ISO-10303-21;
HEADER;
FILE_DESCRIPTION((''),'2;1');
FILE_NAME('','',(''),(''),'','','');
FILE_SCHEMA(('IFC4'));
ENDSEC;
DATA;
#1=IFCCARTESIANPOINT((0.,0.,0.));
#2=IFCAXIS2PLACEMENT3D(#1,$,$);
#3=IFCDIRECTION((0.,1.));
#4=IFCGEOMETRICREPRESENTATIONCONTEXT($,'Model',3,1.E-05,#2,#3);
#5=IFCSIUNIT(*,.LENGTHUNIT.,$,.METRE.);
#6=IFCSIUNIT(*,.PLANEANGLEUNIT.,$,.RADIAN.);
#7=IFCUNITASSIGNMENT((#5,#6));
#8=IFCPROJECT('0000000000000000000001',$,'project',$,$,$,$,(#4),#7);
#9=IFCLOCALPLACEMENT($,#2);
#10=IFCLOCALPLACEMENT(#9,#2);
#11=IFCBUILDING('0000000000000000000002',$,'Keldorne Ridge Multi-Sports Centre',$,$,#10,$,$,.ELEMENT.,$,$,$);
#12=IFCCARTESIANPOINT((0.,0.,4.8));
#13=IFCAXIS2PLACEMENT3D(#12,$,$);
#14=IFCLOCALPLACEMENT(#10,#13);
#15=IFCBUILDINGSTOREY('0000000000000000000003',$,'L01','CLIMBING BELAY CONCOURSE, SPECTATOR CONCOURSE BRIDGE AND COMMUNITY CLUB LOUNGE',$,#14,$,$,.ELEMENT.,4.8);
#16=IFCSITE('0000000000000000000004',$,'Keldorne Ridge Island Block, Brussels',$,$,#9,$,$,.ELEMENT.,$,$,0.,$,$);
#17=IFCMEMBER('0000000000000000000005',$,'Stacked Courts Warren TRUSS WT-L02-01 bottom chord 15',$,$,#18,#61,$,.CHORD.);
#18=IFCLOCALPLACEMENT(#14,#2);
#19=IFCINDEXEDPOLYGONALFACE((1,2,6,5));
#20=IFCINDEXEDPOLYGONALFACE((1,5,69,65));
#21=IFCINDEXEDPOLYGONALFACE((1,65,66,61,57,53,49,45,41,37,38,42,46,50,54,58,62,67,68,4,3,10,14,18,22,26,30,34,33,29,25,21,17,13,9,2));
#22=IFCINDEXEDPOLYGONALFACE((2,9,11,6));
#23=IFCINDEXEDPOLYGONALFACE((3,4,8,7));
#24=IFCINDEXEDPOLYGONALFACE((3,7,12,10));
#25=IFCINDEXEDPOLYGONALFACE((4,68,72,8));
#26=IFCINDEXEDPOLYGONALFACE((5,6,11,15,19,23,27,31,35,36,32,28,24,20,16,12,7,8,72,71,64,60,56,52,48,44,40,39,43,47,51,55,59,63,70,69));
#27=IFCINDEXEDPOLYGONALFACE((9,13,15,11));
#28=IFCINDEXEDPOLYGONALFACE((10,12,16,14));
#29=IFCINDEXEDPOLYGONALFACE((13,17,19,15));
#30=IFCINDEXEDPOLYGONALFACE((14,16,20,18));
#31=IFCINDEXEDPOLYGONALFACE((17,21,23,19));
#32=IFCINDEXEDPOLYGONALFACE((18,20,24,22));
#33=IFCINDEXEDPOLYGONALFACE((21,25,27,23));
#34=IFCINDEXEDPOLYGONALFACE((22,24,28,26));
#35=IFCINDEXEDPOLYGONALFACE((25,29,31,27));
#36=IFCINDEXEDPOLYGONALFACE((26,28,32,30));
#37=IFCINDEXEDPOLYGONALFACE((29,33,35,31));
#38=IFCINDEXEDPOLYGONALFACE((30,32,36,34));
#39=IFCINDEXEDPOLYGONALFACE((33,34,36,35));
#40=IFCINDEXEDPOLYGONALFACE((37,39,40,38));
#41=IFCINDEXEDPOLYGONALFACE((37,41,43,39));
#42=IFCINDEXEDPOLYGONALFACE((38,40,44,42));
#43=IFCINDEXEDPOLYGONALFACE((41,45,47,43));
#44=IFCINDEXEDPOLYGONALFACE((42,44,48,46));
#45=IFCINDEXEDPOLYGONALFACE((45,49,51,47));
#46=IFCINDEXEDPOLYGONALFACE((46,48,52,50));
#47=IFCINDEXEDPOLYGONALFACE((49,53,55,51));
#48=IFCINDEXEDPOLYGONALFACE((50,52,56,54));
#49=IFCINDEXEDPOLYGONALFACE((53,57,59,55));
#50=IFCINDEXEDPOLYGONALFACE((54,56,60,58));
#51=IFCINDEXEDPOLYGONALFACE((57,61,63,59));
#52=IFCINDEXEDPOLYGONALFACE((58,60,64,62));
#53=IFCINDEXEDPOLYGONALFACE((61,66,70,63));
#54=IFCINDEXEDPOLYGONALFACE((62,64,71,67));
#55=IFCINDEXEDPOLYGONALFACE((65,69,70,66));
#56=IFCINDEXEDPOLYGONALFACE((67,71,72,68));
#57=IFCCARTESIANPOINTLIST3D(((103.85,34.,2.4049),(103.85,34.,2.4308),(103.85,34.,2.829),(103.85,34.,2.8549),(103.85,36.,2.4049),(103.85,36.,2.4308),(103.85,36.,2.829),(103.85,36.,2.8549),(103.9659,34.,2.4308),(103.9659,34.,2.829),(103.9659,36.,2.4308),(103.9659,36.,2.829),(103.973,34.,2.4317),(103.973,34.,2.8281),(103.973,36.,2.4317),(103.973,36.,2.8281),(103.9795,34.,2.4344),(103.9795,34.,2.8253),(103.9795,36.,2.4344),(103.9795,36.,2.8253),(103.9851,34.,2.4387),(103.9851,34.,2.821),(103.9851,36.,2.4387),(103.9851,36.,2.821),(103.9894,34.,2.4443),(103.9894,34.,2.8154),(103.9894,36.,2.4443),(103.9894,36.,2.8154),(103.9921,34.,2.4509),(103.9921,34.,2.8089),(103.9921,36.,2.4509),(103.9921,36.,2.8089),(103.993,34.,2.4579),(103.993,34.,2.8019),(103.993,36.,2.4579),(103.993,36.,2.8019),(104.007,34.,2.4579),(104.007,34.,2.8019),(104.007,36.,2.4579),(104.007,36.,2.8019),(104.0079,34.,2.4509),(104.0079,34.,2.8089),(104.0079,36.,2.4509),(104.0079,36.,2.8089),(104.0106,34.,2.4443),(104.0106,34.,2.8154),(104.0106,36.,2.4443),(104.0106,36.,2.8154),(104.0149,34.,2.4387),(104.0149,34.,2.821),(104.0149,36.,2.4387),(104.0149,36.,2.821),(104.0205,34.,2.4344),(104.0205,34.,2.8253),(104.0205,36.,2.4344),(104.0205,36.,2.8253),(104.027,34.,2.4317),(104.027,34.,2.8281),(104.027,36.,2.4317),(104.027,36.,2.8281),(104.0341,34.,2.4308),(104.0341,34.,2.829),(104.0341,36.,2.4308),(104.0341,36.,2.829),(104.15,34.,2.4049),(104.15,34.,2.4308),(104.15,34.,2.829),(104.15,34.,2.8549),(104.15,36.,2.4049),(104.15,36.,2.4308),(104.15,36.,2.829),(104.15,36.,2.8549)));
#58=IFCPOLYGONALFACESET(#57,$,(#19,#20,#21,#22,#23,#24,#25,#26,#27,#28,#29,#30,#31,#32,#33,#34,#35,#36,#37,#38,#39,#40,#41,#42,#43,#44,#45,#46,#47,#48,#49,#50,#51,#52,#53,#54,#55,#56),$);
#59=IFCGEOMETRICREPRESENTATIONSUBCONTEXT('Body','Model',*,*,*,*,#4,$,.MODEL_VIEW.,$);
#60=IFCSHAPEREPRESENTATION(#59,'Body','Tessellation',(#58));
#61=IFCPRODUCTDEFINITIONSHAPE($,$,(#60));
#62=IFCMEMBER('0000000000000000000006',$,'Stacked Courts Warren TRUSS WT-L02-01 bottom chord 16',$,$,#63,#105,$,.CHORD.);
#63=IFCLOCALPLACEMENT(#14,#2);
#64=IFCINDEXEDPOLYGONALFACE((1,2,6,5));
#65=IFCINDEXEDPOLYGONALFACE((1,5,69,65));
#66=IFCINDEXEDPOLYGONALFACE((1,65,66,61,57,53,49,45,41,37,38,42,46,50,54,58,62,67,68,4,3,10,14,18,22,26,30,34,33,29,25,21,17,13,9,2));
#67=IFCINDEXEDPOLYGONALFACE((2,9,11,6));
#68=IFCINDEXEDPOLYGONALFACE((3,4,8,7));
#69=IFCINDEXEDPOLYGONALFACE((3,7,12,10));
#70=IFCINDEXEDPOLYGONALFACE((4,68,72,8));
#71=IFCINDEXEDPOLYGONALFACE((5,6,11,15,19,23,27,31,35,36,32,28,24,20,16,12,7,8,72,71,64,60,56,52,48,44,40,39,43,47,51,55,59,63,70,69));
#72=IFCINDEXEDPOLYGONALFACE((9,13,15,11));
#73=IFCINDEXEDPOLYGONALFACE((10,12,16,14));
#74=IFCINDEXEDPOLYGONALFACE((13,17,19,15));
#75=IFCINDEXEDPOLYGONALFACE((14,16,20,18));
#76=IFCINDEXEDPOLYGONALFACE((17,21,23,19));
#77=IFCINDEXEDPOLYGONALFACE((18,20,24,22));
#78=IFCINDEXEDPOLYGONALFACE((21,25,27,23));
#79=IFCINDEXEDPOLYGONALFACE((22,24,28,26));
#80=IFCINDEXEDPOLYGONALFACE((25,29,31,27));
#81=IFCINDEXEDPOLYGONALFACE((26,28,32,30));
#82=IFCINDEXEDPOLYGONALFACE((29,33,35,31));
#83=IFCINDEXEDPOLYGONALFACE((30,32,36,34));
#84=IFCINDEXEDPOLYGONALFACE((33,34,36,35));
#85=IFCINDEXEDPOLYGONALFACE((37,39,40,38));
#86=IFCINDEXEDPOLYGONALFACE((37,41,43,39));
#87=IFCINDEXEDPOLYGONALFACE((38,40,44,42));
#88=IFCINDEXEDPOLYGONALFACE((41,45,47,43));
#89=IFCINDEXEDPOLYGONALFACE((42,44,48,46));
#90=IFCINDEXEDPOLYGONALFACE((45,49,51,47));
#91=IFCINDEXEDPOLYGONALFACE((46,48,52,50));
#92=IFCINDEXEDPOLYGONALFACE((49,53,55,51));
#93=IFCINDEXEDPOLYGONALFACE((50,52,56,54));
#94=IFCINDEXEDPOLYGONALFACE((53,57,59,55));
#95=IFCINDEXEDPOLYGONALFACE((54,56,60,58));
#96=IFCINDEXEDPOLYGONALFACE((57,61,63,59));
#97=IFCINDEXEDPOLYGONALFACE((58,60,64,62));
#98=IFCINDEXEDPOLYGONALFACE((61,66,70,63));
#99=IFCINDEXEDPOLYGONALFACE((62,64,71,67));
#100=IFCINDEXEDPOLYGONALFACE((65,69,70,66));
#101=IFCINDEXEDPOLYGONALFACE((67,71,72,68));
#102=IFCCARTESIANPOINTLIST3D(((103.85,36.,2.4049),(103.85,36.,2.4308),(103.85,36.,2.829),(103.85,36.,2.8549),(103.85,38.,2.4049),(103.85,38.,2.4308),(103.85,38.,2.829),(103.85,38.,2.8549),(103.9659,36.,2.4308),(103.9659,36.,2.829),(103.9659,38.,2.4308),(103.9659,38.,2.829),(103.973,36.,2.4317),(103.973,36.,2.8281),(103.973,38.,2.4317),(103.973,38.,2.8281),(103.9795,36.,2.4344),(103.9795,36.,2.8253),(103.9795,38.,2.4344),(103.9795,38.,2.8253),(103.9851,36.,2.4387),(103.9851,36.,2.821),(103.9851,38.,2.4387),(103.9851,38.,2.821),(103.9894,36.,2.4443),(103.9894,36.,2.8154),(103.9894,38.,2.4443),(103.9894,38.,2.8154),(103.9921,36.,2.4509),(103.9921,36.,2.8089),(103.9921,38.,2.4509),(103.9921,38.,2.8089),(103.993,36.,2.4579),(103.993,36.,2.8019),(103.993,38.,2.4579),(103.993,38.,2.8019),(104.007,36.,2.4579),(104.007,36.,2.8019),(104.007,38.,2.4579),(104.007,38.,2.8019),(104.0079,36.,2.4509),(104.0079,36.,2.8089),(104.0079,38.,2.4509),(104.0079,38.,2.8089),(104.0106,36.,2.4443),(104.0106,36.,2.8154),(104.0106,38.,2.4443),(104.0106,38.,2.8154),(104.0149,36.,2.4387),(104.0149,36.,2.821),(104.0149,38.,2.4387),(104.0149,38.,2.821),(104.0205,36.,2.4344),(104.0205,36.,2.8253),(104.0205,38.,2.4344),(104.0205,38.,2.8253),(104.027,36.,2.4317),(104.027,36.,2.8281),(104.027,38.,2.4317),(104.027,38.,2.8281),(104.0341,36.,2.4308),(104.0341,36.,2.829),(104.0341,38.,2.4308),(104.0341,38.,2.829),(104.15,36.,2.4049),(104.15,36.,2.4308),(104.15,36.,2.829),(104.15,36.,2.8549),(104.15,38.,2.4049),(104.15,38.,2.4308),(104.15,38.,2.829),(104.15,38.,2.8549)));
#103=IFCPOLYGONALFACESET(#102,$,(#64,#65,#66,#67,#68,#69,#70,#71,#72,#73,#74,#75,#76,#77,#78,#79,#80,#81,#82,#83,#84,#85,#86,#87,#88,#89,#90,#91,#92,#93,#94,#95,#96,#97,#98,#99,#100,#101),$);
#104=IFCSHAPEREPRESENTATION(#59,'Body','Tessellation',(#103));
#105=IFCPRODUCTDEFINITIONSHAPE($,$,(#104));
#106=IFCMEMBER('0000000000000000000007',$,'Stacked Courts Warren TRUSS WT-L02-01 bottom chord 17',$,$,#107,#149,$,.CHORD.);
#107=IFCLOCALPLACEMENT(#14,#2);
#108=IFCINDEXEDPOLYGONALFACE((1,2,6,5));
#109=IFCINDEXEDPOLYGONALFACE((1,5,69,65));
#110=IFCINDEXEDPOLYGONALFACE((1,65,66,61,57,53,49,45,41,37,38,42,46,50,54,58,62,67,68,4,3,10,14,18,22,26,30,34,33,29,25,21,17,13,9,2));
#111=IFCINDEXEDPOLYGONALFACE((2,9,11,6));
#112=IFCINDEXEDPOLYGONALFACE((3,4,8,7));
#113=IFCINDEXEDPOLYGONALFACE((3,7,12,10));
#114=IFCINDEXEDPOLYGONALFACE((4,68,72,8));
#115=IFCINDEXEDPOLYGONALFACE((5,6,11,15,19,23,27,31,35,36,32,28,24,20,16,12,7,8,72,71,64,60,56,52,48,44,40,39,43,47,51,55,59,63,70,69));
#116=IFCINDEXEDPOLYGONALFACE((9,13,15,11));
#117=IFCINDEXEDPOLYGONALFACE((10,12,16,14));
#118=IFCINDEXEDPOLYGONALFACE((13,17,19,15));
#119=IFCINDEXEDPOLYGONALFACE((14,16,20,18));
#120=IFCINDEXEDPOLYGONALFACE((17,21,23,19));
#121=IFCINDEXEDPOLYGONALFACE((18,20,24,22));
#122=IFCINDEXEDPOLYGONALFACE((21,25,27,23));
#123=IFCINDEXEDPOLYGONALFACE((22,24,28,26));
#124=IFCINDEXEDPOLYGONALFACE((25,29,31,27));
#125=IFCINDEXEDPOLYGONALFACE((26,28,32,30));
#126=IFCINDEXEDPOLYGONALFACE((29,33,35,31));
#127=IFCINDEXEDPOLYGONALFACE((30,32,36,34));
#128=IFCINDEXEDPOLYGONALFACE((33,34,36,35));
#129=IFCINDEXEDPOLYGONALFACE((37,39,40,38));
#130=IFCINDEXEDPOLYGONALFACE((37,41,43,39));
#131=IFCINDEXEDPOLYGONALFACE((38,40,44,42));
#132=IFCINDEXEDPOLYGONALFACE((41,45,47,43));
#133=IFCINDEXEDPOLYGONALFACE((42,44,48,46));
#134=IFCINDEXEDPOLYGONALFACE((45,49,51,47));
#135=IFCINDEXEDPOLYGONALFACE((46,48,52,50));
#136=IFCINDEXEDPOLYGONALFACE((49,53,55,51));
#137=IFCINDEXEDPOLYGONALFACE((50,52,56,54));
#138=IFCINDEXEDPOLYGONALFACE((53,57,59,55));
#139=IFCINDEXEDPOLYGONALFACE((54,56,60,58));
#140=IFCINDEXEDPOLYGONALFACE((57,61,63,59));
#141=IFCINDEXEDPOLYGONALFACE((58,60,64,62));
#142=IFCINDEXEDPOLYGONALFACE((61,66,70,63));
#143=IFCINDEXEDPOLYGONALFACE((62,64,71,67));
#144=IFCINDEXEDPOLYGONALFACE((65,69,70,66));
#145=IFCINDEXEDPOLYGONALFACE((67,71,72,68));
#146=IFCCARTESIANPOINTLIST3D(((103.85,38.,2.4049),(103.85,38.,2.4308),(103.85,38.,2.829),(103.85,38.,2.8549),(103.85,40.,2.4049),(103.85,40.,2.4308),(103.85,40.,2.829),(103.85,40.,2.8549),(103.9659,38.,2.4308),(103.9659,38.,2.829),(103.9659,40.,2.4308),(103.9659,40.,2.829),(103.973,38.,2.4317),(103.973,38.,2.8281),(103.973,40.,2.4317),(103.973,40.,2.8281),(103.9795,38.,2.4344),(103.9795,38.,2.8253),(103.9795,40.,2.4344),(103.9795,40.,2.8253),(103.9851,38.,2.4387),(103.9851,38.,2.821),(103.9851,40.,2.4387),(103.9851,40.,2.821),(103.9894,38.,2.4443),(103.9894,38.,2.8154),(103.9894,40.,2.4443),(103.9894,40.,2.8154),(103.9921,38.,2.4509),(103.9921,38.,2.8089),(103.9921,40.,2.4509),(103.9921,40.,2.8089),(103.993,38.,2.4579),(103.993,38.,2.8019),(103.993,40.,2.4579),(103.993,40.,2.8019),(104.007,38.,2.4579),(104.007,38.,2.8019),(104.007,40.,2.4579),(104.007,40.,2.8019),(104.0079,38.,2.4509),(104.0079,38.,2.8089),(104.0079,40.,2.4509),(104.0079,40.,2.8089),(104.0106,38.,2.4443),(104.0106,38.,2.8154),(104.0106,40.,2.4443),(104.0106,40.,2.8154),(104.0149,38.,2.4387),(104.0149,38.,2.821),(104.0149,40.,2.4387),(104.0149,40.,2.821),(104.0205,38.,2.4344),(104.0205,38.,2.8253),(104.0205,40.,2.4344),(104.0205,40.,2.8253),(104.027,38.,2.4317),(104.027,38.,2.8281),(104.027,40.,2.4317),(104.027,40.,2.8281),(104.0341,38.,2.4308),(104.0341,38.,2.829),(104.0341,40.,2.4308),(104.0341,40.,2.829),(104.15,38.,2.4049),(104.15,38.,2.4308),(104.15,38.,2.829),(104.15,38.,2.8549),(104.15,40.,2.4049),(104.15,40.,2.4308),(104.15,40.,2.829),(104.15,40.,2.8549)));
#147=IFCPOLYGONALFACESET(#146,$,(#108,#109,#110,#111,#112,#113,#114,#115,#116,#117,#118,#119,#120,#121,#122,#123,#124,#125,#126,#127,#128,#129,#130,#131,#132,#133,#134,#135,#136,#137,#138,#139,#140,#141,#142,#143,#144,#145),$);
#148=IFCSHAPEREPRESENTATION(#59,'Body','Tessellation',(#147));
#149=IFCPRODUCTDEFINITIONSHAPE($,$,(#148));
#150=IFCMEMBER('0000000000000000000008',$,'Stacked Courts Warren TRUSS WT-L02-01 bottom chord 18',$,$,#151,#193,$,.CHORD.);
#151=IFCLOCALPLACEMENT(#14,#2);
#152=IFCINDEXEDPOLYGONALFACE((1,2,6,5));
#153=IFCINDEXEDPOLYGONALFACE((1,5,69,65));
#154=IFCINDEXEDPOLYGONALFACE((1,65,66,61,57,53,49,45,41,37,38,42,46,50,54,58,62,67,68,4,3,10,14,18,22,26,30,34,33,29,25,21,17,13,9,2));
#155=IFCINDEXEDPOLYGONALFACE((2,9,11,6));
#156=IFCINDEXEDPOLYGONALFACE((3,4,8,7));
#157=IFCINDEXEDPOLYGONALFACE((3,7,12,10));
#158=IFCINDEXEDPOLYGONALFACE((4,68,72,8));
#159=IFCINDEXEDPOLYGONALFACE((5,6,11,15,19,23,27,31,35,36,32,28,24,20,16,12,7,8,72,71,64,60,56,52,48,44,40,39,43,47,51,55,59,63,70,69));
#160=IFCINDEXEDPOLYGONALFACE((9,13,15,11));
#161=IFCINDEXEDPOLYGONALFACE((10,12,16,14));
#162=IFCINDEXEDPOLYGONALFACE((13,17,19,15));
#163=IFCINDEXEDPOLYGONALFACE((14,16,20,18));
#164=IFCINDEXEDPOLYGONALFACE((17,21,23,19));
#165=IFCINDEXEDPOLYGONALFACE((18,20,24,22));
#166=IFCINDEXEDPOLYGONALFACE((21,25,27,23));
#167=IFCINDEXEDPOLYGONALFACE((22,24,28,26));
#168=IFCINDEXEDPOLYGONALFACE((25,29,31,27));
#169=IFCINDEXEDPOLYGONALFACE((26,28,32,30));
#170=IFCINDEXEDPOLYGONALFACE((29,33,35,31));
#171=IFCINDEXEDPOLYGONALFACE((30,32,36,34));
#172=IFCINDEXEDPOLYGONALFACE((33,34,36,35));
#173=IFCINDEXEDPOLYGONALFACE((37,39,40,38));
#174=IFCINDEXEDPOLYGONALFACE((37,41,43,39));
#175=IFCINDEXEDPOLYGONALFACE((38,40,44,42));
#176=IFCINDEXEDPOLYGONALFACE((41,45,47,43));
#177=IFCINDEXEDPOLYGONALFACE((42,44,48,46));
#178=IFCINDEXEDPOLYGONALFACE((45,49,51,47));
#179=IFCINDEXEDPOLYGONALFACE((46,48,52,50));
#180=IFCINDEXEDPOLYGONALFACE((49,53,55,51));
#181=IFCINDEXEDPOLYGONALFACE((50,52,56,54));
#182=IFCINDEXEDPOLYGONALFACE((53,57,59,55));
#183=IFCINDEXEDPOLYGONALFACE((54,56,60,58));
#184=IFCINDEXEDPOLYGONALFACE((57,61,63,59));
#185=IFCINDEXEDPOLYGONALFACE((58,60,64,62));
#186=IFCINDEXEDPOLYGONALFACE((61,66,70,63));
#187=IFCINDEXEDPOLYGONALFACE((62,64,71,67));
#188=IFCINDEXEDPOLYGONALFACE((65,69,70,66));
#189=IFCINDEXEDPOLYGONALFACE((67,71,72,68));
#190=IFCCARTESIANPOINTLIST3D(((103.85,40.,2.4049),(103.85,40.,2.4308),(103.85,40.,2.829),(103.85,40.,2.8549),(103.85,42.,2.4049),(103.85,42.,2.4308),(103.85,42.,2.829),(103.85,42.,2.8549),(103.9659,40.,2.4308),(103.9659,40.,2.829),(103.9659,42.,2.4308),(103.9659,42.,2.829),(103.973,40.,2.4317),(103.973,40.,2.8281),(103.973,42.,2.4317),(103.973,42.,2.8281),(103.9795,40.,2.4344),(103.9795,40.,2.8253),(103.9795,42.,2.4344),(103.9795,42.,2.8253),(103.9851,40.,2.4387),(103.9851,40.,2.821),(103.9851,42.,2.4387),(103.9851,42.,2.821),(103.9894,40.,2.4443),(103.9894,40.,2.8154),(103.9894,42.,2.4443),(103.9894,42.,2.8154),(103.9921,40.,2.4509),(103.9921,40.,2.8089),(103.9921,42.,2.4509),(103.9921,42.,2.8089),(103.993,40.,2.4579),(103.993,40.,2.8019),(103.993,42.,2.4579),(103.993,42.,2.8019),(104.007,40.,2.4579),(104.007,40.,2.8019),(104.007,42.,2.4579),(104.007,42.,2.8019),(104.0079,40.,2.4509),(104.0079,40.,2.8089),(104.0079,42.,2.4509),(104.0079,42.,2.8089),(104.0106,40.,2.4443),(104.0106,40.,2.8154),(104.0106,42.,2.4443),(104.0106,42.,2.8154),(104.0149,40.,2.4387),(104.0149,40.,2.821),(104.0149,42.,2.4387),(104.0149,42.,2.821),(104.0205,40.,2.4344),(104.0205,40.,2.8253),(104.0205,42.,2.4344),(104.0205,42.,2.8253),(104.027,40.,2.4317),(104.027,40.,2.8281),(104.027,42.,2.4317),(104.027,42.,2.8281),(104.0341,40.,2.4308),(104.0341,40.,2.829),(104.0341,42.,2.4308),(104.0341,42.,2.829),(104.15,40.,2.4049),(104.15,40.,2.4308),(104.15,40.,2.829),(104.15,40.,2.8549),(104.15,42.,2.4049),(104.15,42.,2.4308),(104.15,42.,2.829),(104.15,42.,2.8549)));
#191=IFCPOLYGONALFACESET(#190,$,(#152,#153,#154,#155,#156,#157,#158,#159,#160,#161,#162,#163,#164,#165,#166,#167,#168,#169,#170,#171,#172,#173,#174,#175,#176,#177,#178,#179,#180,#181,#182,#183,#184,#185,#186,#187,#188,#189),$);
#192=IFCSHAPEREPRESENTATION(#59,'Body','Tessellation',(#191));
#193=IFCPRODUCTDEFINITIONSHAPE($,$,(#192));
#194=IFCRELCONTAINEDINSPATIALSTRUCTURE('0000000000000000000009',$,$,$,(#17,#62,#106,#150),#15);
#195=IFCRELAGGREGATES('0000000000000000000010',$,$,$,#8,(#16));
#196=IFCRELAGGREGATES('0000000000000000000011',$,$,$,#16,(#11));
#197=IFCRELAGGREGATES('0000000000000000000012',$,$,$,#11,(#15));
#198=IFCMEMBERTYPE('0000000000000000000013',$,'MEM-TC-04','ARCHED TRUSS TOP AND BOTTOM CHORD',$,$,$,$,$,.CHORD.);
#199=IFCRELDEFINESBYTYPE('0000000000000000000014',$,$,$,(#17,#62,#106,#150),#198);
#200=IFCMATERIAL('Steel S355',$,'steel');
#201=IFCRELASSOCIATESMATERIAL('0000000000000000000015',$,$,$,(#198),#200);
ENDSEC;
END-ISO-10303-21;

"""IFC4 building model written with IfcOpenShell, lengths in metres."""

from ifc_helpers import new_model, si_unit, direction, frame, origin, origin_2d, place, context, subcontext, project, spatial, i_section, extrude, material, material_profile, profile_set, type_object, element, save


model = new_model("IFC4")

# Units and contexts
model_context = context("Model", 3, precision=1e-05, world=origin(), true_north=direction((0.0, 1.0)))
body_context = subcontext(model_context, "Body", "Model", "MODEL_VIEW")
ifc_project = project(units=[si_unit("LENGTHUNIT", "METRE"), si_unit("PLANEANGLEUNIT", "RADIAN")], contexts=[model_context])

# Site, building, storey
site_placement = place(None, origin())
site = spatial("IfcSite", under=ifc_project, at=site_placement, Name="Keldorne Ridge Island Block, Brussels", CompositionType="ELEMENT", RefElevation=0.0)
building_placement = place(site_placement, origin())
building = spatial("IfcBuilding", under=site, at=building_placement, Name="Keldorne Ridge Multi-Sports Centre", CompositionType="ELEMENT")
storey_placement = place(building_placement, frame((0.0, 0.0, 4.8)))
storey = spatial("IfcBuildingStorey", under=building, at=storey_placement, Name="L01", Description="CLIMBING BELAY CONCOURSE, SPECTATOR CONCOURSE BRIDGE AND COMMUNITY CLUB LOUNGE", CompositionType="ELEMENT", Elevation=4.8)

# Shared definitions
ifc_material = material(Name="Steel S355", Category="steel")

# Members
ifc_material_profile_1 = material_profile(ifc_material, i_section(OverallWidth=0.3, OverallDepth=0.45, WebThickness=0.0139, FlangeThickness=0.0259, FilletRadius=0.0271, at=origin_2d()), Name="HEB 450")
ifc_profile_set_1 = profile_set([ifc_material_profile_1], Name="Steel S355")
member_type_1 = type_object("IfcMemberType", Name="MEM-TC-04", Description="ARCHED TRUSS TOP AND BOTTOM CHORD", PredefinedType="CHORD", material=ifc_profile_set_1)
for number, where, z_axis, x_axis, name in (
    (1, (104.0, 34.0, 2.6299), (0.0, 1.0, 0.0), (-1.0, 0.0, 0.0), "Stacked Courts Warren TRUSS WT-L02-01 bottom chord 15"),
    (2, (104.0, 36.0, 2.6299), (0.0, 1.0, 0.0), (-1.0, 0.0, 0.0), "Stacked Courts Warren TRUSS WT-L02-01 bottom chord 16"),
    (3, (104.0, 38.0, 2.6299), (0.0, 1.0, 0.0), (-1.0, 0.0, 0.0), "Stacked Courts Warren TRUSS WT-L02-01 bottom chord 17"),
    (4, (104.0, 40.0, 2.6299), (0.0, 1.0, 0.0), (-1.0, 0.0, 0.0), "Stacked Courts Warren TRUSS WT-L02-01 bottom chord 18"),
):
    element("IfcMember", number, at=place(storey_placement, frame(where, z_axis=z_axis, x_axis=x_axis)), inside=storey, type_object=member_type_1, Name=name, PredefinedType="CHORD", context=body_context, shape_type="SweptSolid", body=[
        extrude(i_section(OverallWidth=0.3, OverallDepth=0.45, WebThickness=0.0139, FlangeThickness=0.0259, FilletRadius=0.0271, at=origin_2d()), origin(), (0.0, 0.0, 1.0), 2.0),
    ])

save(model, "model.ifc")
